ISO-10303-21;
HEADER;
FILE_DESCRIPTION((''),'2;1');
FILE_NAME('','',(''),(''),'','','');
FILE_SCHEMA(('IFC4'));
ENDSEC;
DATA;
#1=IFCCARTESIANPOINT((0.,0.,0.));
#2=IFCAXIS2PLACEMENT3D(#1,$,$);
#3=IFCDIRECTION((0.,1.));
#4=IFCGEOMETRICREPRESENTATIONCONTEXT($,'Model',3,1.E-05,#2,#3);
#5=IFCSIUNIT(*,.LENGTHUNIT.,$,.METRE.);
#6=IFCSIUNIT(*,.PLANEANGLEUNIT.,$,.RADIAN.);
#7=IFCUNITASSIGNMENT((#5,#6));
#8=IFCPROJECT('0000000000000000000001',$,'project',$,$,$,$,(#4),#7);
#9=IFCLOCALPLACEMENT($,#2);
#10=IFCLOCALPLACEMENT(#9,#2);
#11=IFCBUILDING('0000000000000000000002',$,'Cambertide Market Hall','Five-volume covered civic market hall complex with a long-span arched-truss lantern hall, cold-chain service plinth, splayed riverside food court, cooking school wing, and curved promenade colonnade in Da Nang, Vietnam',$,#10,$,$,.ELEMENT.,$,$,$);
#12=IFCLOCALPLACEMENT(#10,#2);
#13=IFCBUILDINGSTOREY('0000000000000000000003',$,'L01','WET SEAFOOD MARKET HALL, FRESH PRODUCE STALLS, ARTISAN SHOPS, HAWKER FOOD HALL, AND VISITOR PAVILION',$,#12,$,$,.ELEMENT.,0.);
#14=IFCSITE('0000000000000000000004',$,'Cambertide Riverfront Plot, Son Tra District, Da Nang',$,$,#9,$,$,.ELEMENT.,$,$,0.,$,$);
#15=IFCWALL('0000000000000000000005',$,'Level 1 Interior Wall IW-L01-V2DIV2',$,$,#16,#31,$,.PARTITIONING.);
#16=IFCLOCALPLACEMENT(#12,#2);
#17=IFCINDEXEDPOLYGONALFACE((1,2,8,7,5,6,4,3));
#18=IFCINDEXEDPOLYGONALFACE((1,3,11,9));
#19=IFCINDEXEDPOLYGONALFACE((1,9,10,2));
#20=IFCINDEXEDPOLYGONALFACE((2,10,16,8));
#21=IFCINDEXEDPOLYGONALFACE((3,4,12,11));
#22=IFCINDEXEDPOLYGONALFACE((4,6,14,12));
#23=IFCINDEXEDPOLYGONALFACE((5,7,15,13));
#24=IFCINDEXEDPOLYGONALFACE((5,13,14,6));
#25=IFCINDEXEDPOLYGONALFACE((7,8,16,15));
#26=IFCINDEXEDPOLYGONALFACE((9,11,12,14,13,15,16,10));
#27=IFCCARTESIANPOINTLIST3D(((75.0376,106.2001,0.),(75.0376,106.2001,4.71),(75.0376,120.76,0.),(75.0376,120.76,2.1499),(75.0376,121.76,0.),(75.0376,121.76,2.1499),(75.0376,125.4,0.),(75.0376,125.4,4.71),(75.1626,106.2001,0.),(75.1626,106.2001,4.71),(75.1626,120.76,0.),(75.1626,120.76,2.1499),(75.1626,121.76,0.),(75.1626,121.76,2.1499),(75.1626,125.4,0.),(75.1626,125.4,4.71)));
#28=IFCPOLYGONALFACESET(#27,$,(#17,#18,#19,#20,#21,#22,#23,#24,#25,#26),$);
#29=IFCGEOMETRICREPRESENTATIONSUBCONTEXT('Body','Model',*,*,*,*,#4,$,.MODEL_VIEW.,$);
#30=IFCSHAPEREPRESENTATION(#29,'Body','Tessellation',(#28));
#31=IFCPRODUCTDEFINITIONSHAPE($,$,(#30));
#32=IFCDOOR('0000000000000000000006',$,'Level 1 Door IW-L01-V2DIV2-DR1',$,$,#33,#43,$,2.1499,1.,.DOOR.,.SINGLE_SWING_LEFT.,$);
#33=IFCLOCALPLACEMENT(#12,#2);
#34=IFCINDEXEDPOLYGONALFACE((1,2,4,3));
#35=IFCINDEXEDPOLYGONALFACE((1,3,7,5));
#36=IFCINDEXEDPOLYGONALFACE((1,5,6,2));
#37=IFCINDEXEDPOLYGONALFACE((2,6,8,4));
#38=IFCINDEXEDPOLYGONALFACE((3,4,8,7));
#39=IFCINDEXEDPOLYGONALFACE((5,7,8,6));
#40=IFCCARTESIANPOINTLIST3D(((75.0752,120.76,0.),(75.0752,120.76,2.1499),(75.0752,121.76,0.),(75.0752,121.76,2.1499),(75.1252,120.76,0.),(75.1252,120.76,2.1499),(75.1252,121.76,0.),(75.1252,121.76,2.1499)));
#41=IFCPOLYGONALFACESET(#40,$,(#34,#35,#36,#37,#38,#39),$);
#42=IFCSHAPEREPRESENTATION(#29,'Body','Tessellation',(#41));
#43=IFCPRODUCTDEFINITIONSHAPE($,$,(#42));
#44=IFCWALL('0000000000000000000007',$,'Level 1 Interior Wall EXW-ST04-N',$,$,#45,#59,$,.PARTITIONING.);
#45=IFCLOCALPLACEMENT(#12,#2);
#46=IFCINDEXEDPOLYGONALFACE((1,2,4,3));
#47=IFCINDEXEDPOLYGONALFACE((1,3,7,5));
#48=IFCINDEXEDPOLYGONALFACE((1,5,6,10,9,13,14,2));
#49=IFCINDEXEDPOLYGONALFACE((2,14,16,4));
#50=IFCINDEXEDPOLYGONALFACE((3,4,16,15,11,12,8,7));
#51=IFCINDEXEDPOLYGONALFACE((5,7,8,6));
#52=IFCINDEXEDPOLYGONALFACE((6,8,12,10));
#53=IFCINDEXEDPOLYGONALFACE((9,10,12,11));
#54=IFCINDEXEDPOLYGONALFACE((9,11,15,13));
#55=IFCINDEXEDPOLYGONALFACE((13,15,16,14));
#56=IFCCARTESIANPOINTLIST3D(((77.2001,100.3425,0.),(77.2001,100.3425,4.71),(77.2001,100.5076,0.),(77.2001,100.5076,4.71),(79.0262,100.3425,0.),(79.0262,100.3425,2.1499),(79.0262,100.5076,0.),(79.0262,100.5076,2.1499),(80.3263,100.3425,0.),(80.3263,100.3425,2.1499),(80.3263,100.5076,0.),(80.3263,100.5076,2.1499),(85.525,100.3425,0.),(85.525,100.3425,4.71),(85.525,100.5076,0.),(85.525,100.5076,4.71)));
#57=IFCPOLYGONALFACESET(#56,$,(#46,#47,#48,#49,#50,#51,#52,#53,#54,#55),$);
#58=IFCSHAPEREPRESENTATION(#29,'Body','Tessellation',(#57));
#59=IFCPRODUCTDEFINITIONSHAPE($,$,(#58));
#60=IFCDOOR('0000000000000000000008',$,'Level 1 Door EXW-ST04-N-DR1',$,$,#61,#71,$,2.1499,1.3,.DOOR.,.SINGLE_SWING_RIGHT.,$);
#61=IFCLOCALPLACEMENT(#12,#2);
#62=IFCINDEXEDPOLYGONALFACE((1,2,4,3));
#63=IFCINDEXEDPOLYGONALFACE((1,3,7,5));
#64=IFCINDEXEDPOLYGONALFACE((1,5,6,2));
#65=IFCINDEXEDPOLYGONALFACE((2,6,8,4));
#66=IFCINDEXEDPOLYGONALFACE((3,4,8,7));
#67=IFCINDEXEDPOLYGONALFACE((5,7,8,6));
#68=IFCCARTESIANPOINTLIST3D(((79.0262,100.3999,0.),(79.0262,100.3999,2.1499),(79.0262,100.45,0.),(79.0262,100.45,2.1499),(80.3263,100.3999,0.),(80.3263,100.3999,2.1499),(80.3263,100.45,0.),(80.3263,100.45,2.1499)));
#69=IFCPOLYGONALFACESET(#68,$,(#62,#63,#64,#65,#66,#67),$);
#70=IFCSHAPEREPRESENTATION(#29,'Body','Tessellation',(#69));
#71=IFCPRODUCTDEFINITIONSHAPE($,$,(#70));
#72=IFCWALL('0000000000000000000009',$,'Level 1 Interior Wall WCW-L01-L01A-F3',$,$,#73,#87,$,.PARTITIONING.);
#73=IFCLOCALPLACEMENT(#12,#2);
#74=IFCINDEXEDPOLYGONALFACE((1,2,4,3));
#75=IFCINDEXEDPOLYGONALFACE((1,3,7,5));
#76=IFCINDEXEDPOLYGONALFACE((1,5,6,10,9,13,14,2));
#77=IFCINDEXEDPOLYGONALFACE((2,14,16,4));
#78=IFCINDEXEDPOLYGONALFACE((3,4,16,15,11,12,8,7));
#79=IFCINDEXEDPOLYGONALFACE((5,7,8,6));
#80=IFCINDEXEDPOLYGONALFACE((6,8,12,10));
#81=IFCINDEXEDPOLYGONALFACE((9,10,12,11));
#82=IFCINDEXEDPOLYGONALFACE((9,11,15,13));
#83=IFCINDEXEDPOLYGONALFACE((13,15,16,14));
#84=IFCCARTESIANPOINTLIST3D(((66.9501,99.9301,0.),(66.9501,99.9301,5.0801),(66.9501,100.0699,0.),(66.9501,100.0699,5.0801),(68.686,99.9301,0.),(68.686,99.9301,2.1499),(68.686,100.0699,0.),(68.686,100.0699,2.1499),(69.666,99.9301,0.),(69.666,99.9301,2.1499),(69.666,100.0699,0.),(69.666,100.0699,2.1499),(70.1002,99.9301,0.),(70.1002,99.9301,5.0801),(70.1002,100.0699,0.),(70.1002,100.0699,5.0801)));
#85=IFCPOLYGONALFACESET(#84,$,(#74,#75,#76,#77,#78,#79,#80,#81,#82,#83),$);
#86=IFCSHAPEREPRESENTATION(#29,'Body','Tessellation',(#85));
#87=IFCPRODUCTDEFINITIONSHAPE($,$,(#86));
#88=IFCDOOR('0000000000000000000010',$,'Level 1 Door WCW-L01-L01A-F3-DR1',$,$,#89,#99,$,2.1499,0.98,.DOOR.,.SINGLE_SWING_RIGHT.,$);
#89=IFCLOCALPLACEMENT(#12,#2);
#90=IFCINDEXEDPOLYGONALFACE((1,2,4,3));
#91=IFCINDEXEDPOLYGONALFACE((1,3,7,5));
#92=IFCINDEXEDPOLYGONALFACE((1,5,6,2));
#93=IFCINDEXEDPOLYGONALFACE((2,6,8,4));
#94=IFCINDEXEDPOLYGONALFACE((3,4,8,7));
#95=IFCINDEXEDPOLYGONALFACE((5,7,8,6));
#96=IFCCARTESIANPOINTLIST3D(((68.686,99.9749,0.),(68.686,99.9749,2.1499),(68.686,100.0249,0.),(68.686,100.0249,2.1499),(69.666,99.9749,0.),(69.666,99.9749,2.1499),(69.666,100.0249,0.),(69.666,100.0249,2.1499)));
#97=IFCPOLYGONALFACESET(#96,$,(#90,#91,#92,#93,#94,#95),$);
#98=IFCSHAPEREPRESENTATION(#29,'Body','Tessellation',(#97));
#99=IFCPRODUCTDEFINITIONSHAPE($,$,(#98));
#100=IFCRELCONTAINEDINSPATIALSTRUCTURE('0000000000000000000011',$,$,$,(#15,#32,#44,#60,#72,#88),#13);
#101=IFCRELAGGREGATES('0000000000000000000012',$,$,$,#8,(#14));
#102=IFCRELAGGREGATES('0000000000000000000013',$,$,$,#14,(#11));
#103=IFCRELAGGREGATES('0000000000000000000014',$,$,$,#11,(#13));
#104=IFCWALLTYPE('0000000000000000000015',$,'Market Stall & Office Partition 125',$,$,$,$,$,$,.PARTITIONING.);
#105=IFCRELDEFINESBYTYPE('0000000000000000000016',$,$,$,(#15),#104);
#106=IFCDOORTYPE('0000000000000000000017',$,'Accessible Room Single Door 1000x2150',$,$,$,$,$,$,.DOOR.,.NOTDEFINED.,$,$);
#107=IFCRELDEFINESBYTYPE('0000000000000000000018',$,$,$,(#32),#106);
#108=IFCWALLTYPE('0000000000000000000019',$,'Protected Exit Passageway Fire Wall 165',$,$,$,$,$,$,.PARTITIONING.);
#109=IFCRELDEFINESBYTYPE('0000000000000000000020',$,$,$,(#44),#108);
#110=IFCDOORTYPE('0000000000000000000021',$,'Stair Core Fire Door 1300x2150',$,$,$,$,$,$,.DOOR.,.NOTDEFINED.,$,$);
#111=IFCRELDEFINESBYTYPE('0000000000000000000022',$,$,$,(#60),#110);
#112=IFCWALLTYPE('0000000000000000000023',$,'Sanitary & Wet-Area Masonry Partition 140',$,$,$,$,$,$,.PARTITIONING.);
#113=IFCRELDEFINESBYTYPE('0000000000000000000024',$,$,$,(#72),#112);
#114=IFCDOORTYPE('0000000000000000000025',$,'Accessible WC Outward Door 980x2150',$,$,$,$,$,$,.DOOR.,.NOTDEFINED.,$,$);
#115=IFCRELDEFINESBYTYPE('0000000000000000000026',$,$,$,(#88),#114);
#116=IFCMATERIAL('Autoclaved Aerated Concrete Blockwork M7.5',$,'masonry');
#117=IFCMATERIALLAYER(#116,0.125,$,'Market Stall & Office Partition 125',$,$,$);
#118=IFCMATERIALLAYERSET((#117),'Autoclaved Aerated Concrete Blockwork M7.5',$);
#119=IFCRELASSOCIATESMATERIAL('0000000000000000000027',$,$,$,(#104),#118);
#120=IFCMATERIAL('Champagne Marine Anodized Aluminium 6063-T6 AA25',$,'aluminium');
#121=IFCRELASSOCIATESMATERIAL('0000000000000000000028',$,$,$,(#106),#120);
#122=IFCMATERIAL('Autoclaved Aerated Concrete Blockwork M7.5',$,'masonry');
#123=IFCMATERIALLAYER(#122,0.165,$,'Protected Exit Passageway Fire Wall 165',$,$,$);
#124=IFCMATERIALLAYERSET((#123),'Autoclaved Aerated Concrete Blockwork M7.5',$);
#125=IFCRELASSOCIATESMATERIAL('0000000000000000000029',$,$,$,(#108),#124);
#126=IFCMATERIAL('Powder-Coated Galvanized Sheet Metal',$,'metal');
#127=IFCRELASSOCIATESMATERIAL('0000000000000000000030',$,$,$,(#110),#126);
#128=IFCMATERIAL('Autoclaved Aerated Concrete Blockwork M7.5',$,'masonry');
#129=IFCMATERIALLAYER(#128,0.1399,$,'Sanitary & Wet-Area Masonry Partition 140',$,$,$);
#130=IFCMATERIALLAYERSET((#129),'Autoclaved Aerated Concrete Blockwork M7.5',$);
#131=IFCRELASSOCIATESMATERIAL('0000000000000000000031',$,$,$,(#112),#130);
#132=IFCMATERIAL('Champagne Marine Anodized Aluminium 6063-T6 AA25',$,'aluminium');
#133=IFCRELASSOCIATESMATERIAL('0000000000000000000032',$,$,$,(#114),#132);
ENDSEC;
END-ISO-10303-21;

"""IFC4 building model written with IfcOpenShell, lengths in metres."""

from ifc_helpers import new_model, si_unit, direction, frame, frame_2d, origin, place, context, subcontext, project, spatial, rectangle, extrude, material, layer, layer_set, type_object, element, fill, save


model = new_model("IFC4")

# Units and contexts
model_context = context("Model", 3, precision=1e-05, world=origin(), true_north=direction((0.0, 1.0)))
body_context = subcontext(model_context, "Body", "Model", "MODEL_VIEW")
ifc_project = project(units=[si_unit("LENGTHUNIT", "METRE"), si_unit("PLANEANGLEUNIT", "RADIAN")], contexts=[model_context])

# Site, building, storey
site_placement = place(None, origin())
site = spatial("IfcSite", under=ifc_project, at=site_placement, Name="Cambertide Riverfront Plot, Son Tra District, Da Nang", CompositionType="ELEMENT", RefElevation=0.0)
building_placement = place(site_placement, origin())
building = spatial("IfcBuilding", under=site, at=building_placement, Name="Cambertide Market Hall", Description="Five-volume covered civic market hall complex with a long-span arched-truss lantern hall, cold-chain service plinth, splayed riverside food court, cooking school wing, and curved promenade colonnade in Da Nang, Vietnam", CompositionType="ELEMENT")
storey_placement = place(building_placement, origin())
storey = spatial("IfcBuildingStorey", under=building, at=storey_placement, Name="L01", Description="WET SEAFOOD MARKET HALL, FRESH PRODUCE STALLS, ARTISAN SHOPS, HAWKER FOOD HALL, AND VISITOR PAVILION", CompositionType="ELEMENT", Elevation=0.0)

# Walls, openings, doors
ifc_material_1 = material(Name="Autoclaved Aerated Concrete Blockwork M7.5", Category="masonry")
ifc_layer_1 = layer(ifc_material_1, 0.125, Name="Market Stall & Office Partition 125")
ifc_layer_set_1 = layer_set([ifc_layer_1], Name="Autoclaved Aerated Concrete Blockwork M7.5")
wall_type_1 = type_object("IfcWallType", Name="Market Stall & Office Partition 125", PredefinedType="PARTITIONING", material=ifc_layer_set_1)
wall_1_placement = place(storey_placement, frame((75.1001, 106.2, 0.0), z_axis=(0.0, 0.0, 1.0), x_axis=(0.0, 1.0, 0.0)))
wall_1 = element("IfcWall", 1, at=wall_1_placement, inside=storey, type_object=wall_type_1, Name="Level 1 Interior Wall IW-L01-V2DIV2", PredefinedType="PARTITIONING", context=body_context, shape_type="SweptSolid", body=[
    extrude(rectangle(XDim=19.2, YDim=0.125, at=frame_2d((9.6001, 0.0))), origin(), (0.0, 0.0, 1.0), 4.71),
])
opening_1_placement = place(wall_1_placement, frame((14.5601, 0.0, 0.0)))
opening_1 = element("IfcOpeningElement", 2, at=opening_1_placement, cuts=wall_1, PredefinedType="OPENING", context=body_context, shape_type="SweptSolid", body=[
    extrude(rectangle(XDim=1.0, YDim=2.1499, at=frame_2d((0.5, 1.075))), frame((0.0, 0.0725, 0.0), z_axis=(0.0, -1.0, 0.0), x_axis=(1.0, 0.0, 0.0)), (0.0, 0.0, 1.0), 0.145),
])
ifc_material_2 = material(Name="Champagne Marine Anodized Aluminium 6063-T6 AA25", Category="aluminium")
door_type_1 = type_object("IfcDoorType", Name="Accessible Room Single Door 1000x2150", OperationType="NOTDEFINED", PredefinedType="DOOR", material=ifc_material_2)
door_1_placement = place(opening_1_placement, origin())
door_1 = element("IfcDoor", 3, at=door_1_placement, inside=storey, type_object=door_type_1, Name="Level 1 Door IW-L01-V2DIV2-DR1", OperationType="SINGLE_SWING_LEFT", OverallHeight=2.1499, OverallWidth=1.0, PredefinedType="DOOR", context=body_context, shape_type="SweptSolid", body=[
    extrude(rectangle(XDim=1.0, YDim=2.1499, at=frame_2d((0.5, 1.075))), frame((0.0, 0.0249, 0.0), z_axis=(0.0, -1.0, 0.0), x_axis=(1.0, 0.0, 0.0)), (0.0, 0.0, 1.0), 0.05),
])
fill(opening_1, door_1)
ifc_material_3 = material(Name="Autoclaved Aerated Concrete Blockwork M7.5", Category="masonry")
ifc_layer_2 = layer(ifc_material_3, 0.165, Name="Protected Exit Passageway Fire Wall 165")
ifc_layer_set_2 = layer_set([ifc_layer_2], Name="Autoclaved Aerated Concrete Blockwork M7.5")
wall_type_2 = type_object("IfcWallType", Name="Protected Exit Passageway Fire Wall 165", PredefinedType="PARTITIONING", material=ifc_layer_set_2)
wall_2_placement = place(storey_placement, frame((77.2, 100.425, 0.0), z_axis=(0.0, 0.0, 1.0), x_axis=(1.0, 0.0, 0.0)))
wall_2 = element("IfcWall", 4, at=wall_2_placement, inside=storey, type_object=wall_type_2, Name="Level 1 Interior Wall EXW-ST04-N", PredefinedType="PARTITIONING", context=body_context, shape_type="SweptSolid", body=[
    extrude(rectangle(XDim=8.325, YDim=0.165, at=frame_2d((4.1626, 0.0))), origin(), (0.0, 0.0, 1.0), 4.71),
])
opening_2_placement = place(wall_2_placement, frame((1.8264, 0.0, 0.0)))
opening_2 = element("IfcOpeningElement", 5, at=opening_2_placement, cuts=wall_2, PredefinedType="OPENING", context=body_context, shape_type="SweptSolid", body=[
    extrude(rectangle(XDim=1.3, YDim=2.1499, at=frame_2d((0.6499, 1.075))), frame((0.0, 0.0925, 0.0), z_axis=(0.0, -1.0, 0.0), x_axis=(1.0, 0.0, 0.0)), (0.0, 0.0, 1.0), 0.1851),
])
ifc_material_4 = material(Name="Powder-Coated Galvanized Sheet Metal", Category="metal")
door_type_2 = type_object("IfcDoorType", Name="Stair Core Fire Door 1300x2150", OperationType="NOTDEFINED", PredefinedType="DOOR", material=ifc_material_4)
door_2_placement = place(opening_2_placement, origin())
door_2 = element("IfcDoor", 6, at=door_2_placement, inside=storey, type_object=door_type_2, Name="Level 1 Door EXW-ST04-N-DR1", OperationType="SINGLE_SWING_RIGHT", OverallHeight=2.1499, OverallWidth=1.3, PredefinedType="DOOR", context=body_context, shape_type="SweptSolid", body=[
    extrude(rectangle(XDim=1.3, YDim=2.1499, at=frame_2d((0.6499, 1.075))), frame((0.0, 0.0249, 0.0), z_axis=(0.0, -1.0, 0.0), x_axis=(1.0, 0.0, 0.0)), (0.0, 0.0, 1.0), 0.05),
])
fill(opening_2, door_2)
ifc_material_5 = material(Name="Autoclaved Aerated Concrete Blockwork M7.5", Category="masonry")
ifc_layer_3 = layer(ifc_material_5, 0.1399, Name="Sanitary & Wet-Area Masonry Partition 140")
ifc_layer_set_3 = layer_set([ifc_layer_3], Name="Autoclaved Aerated Concrete Blockwork M7.5")
wall_type_3 = type_object("IfcWallType", Name="Sanitary & Wet-Area Masonry Partition 140", PredefinedType="PARTITIONING", material=ifc_layer_set_3)
wall_3_placement = place(storey_placement, frame((66.95, 100.0, 0.0), z_axis=(0.0, 0.0, 1.0), x_axis=(1.0, 0.0, 0.0)))
wall_3 = element("IfcWall", 7, at=wall_3_placement, inside=storey, type_object=wall_type_3, Name="Level 1 Interior Wall WCW-L01-L01A-F3", PredefinedType="PARTITIONING", context=body_context, shape_type="SweptSolid", body=[
    extrude(rectangle(XDim=3.1501, YDim=0.1399, at=frame_2d((1.5752, 0.0))), origin(), (0.0, 0.0, 1.0), 5.0801),
])
opening_3_placement = place(wall_3_placement, frame((1.7361, 0.0, 0.0)))
opening_3 = element("IfcOpeningElement", 8, at=opening_3_placement, cuts=wall_3, PredefinedType="OPENING", context=body_context, shape_type="SweptSolid", body=[
    extrude(rectangle(XDim=0.98, YDim=2.1499, at=frame_2d((0.49, 1.075))), frame((0.0, 0.0798, 0.0), z_axis=(0.0, -1.0, 0.0), x_axis=(1.0, 0.0, 0.0)), (0.0, 0.0, 1.0), 0.1599),
])
ifc_material_6 = material(Name="Champagne Marine Anodized Aluminium 6063-T6 AA25", Category="aluminium")
door_type_3 = type_object("IfcDoorType", Name="Accessible WC Outward Door 980x2150", OperationType="NOTDEFINED", PredefinedType="DOOR", material=ifc_material_6)
door_3_placement = place(opening_3_placement, origin())
door_3 = element("IfcDoor", 9, at=door_3_placement, inside=storey, type_object=door_type_3, Name="Level 1 Door WCW-L01-L01A-F3-DR1", OperationType="SINGLE_SWING_RIGHT", OverallHeight=2.1499, OverallWidth=0.98, PredefinedType="DOOR", context=body_context, shape_type="SweptSolid", body=[
    extrude(rectangle(XDim=0.98, YDim=2.1499, at=frame_2d((0.49, 1.075))), frame((0.0, 0.0249, 0.0), z_axis=(0.0, -1.0, 0.0), x_axis=(1.0, 0.0, 0.0)), (0.0, 0.0, 1.0), 0.05),
])
fill(opening_3, door_3)

save(model, "model.ifc")
